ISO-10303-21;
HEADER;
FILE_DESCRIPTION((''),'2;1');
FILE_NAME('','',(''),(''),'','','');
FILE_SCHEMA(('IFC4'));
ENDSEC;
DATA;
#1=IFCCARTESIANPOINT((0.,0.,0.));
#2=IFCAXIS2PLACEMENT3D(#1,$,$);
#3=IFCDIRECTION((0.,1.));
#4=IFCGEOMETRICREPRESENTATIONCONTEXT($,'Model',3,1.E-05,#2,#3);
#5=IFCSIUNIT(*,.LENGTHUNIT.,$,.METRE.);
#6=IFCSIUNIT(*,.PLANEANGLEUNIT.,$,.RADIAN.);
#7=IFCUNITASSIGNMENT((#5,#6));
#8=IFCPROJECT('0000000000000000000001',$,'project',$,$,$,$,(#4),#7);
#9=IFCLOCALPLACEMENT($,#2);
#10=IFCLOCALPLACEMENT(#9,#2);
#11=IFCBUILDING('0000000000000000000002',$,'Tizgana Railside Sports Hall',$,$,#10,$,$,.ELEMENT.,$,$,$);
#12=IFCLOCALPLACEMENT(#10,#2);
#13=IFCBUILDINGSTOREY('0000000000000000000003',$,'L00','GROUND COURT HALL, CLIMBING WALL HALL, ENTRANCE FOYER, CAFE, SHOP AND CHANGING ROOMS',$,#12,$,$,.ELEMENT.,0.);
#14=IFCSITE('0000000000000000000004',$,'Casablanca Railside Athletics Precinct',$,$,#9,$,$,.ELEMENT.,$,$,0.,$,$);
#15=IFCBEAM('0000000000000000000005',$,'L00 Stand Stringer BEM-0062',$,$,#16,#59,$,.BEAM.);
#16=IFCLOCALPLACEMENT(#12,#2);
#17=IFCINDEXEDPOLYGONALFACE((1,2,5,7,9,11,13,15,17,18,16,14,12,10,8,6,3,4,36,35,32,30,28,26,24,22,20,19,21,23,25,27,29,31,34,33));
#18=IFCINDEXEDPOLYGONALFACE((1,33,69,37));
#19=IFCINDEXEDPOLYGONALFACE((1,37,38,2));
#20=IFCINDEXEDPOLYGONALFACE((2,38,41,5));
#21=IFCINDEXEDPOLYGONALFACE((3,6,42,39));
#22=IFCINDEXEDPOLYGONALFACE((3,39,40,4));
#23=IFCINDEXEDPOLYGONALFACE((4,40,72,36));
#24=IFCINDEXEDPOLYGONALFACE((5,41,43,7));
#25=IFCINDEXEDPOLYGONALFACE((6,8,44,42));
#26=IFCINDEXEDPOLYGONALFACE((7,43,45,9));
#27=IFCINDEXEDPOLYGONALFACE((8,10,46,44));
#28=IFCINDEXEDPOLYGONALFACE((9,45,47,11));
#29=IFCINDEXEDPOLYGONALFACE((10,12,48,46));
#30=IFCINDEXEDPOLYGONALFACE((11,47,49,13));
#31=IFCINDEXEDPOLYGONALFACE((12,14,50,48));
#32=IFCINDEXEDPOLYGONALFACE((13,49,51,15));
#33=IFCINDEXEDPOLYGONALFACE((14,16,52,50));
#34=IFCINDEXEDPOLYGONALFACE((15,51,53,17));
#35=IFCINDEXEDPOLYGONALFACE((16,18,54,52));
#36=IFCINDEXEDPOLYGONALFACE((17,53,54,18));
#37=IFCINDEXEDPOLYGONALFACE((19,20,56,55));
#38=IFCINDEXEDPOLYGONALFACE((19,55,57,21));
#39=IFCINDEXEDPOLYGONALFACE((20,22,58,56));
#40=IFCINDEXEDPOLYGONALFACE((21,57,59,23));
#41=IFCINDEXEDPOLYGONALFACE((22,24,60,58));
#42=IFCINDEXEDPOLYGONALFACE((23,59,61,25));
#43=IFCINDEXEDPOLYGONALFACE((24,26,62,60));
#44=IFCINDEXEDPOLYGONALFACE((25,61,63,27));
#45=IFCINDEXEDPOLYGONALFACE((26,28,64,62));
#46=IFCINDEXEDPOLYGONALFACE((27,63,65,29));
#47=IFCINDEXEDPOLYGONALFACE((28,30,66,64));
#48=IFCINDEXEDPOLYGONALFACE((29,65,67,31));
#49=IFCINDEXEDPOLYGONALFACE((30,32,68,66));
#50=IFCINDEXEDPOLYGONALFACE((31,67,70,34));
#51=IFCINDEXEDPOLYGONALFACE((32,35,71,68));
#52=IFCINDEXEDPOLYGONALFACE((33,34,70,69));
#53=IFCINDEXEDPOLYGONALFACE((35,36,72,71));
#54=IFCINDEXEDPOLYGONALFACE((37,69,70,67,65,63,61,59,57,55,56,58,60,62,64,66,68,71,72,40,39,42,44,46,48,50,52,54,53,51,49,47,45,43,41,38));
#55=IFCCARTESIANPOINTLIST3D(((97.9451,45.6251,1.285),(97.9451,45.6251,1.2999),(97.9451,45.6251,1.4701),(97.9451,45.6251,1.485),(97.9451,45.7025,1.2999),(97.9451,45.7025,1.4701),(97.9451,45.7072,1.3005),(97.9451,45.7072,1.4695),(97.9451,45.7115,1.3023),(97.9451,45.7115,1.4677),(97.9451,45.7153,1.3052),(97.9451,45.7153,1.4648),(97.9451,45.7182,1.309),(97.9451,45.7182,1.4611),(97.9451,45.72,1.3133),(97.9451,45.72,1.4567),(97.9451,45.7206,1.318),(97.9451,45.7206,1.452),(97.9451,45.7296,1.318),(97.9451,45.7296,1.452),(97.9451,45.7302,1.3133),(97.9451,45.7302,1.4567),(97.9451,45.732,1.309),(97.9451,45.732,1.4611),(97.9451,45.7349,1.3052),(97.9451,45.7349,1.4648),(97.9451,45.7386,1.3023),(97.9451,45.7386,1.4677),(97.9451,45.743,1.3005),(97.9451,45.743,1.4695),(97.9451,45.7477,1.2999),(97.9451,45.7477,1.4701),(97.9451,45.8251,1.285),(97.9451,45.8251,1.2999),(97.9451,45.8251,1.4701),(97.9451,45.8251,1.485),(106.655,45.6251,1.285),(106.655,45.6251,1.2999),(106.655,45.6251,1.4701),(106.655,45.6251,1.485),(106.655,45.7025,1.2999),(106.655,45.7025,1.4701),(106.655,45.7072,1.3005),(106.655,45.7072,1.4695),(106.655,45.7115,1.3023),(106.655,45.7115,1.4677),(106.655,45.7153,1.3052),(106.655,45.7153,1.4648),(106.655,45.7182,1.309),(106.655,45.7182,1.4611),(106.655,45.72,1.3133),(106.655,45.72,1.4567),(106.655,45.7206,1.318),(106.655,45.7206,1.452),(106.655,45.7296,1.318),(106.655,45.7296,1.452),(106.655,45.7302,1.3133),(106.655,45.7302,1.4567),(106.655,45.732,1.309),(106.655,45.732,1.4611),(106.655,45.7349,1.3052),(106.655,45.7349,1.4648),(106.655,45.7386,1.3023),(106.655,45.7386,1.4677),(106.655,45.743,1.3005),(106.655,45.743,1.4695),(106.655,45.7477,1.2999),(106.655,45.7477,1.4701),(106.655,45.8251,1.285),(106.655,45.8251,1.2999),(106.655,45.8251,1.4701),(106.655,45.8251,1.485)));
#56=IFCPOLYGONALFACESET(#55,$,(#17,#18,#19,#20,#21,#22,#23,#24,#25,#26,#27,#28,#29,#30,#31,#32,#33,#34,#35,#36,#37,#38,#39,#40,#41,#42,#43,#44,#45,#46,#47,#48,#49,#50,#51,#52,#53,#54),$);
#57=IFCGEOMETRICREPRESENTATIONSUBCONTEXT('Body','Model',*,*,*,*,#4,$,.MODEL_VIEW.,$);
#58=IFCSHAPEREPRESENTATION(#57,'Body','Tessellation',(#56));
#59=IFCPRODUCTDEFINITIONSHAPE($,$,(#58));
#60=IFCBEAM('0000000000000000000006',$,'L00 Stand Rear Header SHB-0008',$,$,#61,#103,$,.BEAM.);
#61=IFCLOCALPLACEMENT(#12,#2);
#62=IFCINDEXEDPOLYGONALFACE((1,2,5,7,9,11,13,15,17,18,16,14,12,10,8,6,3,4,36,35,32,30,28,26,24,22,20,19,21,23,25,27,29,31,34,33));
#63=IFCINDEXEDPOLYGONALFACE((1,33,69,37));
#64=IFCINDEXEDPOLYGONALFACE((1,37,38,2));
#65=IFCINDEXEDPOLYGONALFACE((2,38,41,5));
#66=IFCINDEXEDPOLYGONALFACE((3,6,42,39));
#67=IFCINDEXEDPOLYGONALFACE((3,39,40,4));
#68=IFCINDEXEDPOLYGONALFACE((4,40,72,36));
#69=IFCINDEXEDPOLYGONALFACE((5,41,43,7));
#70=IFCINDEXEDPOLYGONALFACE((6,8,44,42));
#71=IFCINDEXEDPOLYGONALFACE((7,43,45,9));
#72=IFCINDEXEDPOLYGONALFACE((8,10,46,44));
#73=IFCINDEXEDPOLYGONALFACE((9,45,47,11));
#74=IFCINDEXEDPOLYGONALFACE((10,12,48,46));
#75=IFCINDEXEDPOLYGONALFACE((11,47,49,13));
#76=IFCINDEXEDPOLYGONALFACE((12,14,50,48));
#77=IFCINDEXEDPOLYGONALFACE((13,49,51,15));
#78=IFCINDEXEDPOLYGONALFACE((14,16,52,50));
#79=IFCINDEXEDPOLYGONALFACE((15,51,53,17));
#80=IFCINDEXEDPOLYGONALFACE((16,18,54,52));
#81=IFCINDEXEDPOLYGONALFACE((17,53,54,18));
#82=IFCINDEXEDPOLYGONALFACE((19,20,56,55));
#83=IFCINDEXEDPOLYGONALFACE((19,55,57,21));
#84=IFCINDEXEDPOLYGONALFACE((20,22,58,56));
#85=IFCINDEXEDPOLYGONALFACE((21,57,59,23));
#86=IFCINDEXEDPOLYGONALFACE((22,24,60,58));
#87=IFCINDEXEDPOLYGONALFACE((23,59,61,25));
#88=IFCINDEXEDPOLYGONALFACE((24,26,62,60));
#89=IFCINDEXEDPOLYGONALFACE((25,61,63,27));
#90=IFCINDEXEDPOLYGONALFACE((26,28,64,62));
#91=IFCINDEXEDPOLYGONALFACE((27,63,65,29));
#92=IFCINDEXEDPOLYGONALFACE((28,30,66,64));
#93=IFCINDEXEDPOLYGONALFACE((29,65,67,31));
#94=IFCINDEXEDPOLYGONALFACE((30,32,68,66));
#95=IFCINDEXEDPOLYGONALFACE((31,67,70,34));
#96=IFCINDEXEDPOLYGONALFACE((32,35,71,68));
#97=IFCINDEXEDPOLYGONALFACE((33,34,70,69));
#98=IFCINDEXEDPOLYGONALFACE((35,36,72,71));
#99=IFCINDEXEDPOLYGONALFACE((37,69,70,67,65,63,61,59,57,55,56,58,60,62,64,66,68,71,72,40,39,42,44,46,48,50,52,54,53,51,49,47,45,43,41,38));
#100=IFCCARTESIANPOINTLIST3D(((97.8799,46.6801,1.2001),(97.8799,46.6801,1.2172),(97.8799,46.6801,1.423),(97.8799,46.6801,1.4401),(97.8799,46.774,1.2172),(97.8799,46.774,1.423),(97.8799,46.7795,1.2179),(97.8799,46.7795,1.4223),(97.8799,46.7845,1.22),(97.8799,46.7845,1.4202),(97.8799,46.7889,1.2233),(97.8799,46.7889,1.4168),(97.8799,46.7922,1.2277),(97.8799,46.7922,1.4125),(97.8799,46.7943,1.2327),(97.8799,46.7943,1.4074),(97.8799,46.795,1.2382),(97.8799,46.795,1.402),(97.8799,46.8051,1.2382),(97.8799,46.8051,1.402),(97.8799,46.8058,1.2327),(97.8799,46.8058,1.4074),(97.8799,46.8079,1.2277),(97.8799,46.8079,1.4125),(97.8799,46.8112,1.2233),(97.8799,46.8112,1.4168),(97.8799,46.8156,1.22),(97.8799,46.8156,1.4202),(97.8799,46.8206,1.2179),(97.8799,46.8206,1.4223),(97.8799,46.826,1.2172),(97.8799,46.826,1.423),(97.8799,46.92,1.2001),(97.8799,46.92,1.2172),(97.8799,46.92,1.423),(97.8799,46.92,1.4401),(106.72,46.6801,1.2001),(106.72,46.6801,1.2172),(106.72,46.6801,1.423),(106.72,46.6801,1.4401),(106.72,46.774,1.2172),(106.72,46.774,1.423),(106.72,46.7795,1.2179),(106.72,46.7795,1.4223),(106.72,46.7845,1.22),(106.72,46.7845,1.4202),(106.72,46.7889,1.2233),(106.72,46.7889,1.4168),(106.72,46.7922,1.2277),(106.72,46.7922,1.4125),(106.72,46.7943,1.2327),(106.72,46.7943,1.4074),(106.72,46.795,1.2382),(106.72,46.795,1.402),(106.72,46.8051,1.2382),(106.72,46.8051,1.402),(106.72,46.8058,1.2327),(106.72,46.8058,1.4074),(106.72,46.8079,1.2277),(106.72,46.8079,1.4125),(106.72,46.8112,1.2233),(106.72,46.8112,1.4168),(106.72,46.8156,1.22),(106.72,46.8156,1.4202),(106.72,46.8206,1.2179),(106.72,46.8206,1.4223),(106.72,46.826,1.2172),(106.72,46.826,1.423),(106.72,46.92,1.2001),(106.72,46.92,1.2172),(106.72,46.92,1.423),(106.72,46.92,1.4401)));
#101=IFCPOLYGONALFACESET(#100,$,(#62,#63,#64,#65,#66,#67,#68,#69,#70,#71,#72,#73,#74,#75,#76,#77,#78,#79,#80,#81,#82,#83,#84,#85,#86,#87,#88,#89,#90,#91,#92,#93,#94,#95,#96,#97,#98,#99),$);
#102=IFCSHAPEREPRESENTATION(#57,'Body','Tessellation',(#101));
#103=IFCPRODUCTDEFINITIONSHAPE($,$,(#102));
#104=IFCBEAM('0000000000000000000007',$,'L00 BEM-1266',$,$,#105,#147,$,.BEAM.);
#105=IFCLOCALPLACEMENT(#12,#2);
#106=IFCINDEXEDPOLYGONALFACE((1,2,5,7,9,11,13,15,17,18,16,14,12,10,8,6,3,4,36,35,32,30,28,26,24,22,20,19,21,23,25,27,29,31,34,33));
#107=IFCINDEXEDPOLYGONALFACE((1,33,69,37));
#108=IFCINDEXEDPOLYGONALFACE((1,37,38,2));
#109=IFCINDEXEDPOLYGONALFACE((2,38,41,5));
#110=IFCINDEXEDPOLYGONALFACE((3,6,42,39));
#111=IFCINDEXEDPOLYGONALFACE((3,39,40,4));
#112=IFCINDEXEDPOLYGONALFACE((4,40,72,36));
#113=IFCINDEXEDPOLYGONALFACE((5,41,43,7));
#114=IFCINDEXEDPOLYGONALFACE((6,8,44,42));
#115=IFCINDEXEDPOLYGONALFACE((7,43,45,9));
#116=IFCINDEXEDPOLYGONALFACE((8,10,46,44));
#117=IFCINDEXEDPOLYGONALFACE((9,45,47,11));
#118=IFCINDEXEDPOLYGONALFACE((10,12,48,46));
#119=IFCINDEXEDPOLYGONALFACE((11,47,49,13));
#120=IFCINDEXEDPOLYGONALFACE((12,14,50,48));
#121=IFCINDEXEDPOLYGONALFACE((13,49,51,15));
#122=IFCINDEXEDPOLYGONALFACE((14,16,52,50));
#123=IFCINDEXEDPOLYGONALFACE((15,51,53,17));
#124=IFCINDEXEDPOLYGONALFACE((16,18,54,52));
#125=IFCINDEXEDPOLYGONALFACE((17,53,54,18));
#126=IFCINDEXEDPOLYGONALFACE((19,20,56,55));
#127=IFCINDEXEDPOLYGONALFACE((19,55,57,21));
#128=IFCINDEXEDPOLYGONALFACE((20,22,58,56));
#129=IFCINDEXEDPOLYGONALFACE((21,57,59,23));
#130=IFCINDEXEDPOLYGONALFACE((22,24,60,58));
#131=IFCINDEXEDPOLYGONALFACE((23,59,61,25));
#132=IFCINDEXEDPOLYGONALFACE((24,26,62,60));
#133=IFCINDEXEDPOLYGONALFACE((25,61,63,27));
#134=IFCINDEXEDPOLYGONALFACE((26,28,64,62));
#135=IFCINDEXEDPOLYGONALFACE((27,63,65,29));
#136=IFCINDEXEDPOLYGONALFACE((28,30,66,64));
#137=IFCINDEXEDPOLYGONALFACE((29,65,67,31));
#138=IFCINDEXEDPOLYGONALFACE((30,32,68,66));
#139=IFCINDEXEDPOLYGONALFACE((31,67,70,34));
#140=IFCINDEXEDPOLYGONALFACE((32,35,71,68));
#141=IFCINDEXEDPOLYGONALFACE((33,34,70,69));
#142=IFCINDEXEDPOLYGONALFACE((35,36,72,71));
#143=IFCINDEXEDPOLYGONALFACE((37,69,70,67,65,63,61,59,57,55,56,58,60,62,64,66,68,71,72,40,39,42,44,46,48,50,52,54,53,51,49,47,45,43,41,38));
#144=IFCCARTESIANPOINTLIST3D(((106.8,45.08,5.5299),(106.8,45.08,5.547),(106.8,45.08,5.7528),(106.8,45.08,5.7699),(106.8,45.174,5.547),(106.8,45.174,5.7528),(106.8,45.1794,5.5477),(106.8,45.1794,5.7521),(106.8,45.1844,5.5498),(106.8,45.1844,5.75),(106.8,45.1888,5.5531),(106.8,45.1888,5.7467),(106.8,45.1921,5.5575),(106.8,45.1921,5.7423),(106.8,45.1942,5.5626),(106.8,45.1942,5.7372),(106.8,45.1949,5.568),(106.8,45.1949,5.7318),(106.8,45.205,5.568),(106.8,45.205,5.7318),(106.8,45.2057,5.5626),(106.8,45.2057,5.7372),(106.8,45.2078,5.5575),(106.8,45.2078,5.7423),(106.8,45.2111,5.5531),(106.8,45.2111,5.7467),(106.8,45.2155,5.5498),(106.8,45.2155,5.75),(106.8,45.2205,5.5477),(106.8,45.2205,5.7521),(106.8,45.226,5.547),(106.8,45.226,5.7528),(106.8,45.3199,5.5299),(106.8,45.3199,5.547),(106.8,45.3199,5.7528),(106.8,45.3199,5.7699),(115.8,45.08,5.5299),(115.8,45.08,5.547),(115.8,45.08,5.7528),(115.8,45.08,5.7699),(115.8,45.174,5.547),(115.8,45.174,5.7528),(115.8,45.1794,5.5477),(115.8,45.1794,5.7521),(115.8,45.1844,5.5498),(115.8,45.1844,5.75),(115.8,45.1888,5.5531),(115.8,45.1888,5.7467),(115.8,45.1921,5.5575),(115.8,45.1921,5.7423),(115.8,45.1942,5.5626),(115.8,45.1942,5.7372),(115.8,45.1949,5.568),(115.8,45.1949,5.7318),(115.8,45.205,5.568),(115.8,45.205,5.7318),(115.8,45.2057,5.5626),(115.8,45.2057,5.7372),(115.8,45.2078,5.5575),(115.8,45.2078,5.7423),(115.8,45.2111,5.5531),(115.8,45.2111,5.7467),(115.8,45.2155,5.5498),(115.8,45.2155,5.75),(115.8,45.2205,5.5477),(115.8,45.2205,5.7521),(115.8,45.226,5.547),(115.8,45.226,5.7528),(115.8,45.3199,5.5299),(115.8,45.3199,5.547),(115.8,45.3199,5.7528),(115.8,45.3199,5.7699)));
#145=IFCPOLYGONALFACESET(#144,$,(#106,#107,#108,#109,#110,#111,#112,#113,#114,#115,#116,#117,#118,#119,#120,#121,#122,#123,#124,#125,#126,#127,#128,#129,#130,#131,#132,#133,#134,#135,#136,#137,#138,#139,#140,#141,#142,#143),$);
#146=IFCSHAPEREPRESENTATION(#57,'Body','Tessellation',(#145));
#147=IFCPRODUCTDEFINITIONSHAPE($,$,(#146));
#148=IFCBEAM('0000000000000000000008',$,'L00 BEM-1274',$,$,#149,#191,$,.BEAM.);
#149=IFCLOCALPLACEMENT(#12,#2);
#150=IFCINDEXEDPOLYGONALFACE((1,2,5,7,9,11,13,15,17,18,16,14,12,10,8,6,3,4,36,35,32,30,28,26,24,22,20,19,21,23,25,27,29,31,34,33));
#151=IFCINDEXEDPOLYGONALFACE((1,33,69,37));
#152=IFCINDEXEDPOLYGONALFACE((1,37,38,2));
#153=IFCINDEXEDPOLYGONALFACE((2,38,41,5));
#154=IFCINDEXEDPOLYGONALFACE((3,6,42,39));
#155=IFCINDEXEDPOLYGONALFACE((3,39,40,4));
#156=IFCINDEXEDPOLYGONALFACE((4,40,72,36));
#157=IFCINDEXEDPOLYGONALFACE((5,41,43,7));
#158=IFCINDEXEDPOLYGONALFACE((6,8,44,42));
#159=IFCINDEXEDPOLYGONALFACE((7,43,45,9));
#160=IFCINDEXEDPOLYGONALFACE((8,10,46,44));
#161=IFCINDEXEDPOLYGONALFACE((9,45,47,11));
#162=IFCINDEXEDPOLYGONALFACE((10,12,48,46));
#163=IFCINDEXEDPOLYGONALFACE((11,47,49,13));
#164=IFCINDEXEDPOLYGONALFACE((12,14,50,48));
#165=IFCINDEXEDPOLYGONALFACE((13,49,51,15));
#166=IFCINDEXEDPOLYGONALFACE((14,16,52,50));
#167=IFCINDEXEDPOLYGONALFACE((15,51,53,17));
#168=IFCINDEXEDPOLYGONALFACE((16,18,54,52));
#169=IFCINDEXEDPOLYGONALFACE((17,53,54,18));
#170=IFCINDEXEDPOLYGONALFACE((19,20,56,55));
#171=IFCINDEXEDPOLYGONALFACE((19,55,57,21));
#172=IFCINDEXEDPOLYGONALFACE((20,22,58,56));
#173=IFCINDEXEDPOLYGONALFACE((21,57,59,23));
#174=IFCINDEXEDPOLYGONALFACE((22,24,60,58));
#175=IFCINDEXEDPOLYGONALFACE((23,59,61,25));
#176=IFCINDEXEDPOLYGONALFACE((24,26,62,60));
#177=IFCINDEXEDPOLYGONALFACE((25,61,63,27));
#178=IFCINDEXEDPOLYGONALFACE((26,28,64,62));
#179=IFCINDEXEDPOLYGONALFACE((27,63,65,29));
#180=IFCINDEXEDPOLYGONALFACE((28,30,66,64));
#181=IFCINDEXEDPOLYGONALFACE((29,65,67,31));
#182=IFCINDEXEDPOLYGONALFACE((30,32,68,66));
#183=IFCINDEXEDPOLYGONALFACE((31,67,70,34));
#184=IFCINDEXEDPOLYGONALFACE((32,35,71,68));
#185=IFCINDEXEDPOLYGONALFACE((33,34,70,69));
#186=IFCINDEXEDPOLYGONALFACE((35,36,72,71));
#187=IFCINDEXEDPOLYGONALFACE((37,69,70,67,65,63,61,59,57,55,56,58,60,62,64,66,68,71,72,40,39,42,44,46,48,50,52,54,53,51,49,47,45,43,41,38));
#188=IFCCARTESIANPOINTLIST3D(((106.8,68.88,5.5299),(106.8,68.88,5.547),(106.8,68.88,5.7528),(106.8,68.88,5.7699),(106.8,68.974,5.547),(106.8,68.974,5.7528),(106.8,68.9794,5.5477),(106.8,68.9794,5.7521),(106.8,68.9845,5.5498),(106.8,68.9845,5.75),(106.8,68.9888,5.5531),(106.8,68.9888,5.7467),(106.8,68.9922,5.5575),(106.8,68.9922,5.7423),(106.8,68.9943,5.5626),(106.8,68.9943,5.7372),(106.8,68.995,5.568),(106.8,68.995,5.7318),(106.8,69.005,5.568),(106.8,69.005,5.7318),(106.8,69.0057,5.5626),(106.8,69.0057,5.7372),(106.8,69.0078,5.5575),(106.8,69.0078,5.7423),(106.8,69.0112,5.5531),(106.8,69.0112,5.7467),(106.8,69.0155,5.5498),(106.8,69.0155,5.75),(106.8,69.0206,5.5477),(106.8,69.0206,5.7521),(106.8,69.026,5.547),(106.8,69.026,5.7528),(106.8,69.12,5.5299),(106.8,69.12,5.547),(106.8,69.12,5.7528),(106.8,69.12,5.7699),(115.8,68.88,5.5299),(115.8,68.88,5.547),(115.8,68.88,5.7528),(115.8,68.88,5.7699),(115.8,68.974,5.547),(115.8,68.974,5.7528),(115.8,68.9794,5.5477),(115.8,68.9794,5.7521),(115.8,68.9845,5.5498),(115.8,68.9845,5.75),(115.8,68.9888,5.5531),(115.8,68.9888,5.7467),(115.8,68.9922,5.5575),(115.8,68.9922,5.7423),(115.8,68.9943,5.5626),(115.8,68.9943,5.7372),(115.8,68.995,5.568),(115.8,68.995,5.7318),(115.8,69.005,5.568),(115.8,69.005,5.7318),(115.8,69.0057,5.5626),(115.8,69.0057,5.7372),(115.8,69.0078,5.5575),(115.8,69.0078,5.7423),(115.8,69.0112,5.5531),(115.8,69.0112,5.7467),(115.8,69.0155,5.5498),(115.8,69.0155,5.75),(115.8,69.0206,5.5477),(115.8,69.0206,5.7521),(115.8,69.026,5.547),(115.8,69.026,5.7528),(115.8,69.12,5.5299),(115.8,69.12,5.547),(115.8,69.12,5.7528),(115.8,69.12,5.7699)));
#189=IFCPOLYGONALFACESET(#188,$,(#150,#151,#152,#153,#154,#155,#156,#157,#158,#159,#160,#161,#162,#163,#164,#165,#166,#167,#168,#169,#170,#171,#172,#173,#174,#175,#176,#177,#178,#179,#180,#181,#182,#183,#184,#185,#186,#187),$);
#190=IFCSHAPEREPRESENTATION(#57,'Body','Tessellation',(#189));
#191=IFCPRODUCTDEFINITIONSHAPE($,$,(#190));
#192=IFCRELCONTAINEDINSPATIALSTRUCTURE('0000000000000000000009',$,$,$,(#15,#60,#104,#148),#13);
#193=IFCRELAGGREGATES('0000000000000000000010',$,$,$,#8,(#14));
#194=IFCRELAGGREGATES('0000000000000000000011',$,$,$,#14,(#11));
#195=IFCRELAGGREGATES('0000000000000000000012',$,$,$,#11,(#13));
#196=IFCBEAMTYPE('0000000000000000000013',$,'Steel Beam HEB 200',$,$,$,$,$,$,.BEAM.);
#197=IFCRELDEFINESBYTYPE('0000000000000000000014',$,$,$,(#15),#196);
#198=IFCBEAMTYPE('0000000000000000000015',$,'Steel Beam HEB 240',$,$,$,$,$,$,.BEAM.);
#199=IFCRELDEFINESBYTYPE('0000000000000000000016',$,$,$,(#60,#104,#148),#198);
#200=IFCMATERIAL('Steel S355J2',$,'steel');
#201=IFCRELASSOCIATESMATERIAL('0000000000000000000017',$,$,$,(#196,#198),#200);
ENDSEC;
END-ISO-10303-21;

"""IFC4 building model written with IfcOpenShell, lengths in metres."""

from ifc_helpers import new_model, si_unit, direction, frame, origin, origin_2d, place, context, subcontext, project, spatial, i_section, extrude, material, material_profile, profile_set, type_object, element, save


model = new_model("IFC4")

# Units and contexts
model_context = context("Model", 3, precision=1e-05, world=origin(), true_north=direction((0.0, 1.0)))
body_context = subcontext(model_context, "Body", "Model", "MODEL_VIEW")
ifc_project = project(units=[si_unit("LENGTHUNIT", "METRE"), si_unit("PLANEANGLEUNIT", "RADIAN")], contexts=[model_context])

# Site, building, storey
site_placement = place(None, origin())
site = spatial("IfcSite", under=ifc_project, at=site_placement, Name="Casablanca Railside Athletics Precinct", CompositionType="ELEMENT", RefElevation=0.0)
building_placement = place(site_placement, origin())
building = spatial("IfcBuilding", under=site, at=building_placement, Name="Tizgana Railside Sports Hall", CompositionType="ELEMENT")
storey_placement = place(building_placement, origin())
storey = spatial("IfcBuildingStorey", under=building, at=storey_placement, Name="L00", Description="GROUND COURT HALL, CLIMBING WALL HALL, ENTRANCE FOYER, CAFE, SHOP AND CHANGING ROOMS", CompositionType="ELEMENT", Elevation=0.0)

# Beams
ifc_material_1 = material(Name="Steel S355J2", Category="steel")
ifc_material_profile_1 = material_profile(ifc_material_1, i_section(OverallWidth=0.2, OverallDepth=0.2, WebThickness=0.009, FlangeThickness=0.0149, FilletRadius=0.0181, at=origin_2d()), Name="HEB 200")
ifc_profile_set_1 = profile_set([ifc_material_profile_1], Name="Steel S355J2")
beam_type_1 = type_object("IfcBeamType", Name="Steel Beam HEB 200", PredefinedType="BEAM", material=ifc_profile_set_1)
for number, where, z_axis, x_axis, name in (
    (1, (97.9451, 45.7251, 1.385), (1.0, 0.0, 0.0), (0.0, 1.0, 0.0), "L00 Stand Stringer BEM-0062"),
):
    element("IfcBeam", number, at=place(storey_placement, frame(where, z_axis=z_axis, x_axis=x_axis)), inside=storey, type_object=beam_type_1, Name=name, PredefinedType="BEAM", context=body_context, shape_type="SweptSolid", body=[
        extrude(i_section(OverallWidth=0.2, OverallDepth=0.2, WebThickness=0.009, FlangeThickness=0.0149, FilletRadius=0.0181, at=origin_2d()), origin(), (0.0, 0.0, 1.0), 8.71),
    ])
ifc_material_profile_2 = material_profile(ifc_material_1, i_section(OverallWidth=0.24, OverallDepth=0.24, WebThickness=0.01, FlangeThickness=0.0171, FilletRadius=0.021, at=origin_2d()), Name="HEB 240")
ifc_profile_set_2 = profile_set([ifc_material_profile_2], Name="Steel S355J2")
beam_type_2 = type_object("IfcBeamType", Name="Steel Beam HEB 240", PredefinedType="BEAM", material=ifc_profile_set_2)
beam_1_placement = place(storey_placement, frame((97.8799, 46.8, 1.3201), z_axis=(1.0, 0.0, 0.0), x_axis=(0.0, 1.0, 0.0)))
element("IfcBeam", 2, at=beam_1_placement, inside=storey, type_object=beam_type_2, Name="L00 Stand Rear Header SHB-0008", PredefinedType="BEAM", context=body_context, shape_type="SweptSolid", body=[
    extrude(i_section(OverallWidth=0.24, OverallDepth=0.24, WebThickness=0.01, FlangeThickness=0.0171, FilletRadius=0.021, at=origin_2d()), origin(), (0.0, 0.0, 1.0), 8.8401),
])
for number, where, z_axis, x_axis, name in (
    (3, (106.8, 45.2, 5.6499), (1.0, 0.0, 0.0), (0.0, 1.0, 0.0), "L00 BEM-1266"),
    (4, (106.8, 69.0, 5.6499), (1.0, 0.0, 0.0), (0.0, 1.0, 0.0), "L00 BEM-1274"),
):
    element("IfcBeam", number, at=place(storey_placement, frame(where, z_axis=z_axis, x_axis=x_axis)), inside=storey, type_object=beam_type_2, Name=name, PredefinedType="BEAM", context=body_context, shape_type="SweptSolid", body=[
        extrude(i_section(OverallWidth=0.24, OverallDepth=0.24, WebThickness=0.01, FlangeThickness=0.0171, FilletRadius=0.021, at=origin_2d()), origin(), (0.0, 0.0, 1.0), 9.0),
    ])

save(model, "model.ifc")
